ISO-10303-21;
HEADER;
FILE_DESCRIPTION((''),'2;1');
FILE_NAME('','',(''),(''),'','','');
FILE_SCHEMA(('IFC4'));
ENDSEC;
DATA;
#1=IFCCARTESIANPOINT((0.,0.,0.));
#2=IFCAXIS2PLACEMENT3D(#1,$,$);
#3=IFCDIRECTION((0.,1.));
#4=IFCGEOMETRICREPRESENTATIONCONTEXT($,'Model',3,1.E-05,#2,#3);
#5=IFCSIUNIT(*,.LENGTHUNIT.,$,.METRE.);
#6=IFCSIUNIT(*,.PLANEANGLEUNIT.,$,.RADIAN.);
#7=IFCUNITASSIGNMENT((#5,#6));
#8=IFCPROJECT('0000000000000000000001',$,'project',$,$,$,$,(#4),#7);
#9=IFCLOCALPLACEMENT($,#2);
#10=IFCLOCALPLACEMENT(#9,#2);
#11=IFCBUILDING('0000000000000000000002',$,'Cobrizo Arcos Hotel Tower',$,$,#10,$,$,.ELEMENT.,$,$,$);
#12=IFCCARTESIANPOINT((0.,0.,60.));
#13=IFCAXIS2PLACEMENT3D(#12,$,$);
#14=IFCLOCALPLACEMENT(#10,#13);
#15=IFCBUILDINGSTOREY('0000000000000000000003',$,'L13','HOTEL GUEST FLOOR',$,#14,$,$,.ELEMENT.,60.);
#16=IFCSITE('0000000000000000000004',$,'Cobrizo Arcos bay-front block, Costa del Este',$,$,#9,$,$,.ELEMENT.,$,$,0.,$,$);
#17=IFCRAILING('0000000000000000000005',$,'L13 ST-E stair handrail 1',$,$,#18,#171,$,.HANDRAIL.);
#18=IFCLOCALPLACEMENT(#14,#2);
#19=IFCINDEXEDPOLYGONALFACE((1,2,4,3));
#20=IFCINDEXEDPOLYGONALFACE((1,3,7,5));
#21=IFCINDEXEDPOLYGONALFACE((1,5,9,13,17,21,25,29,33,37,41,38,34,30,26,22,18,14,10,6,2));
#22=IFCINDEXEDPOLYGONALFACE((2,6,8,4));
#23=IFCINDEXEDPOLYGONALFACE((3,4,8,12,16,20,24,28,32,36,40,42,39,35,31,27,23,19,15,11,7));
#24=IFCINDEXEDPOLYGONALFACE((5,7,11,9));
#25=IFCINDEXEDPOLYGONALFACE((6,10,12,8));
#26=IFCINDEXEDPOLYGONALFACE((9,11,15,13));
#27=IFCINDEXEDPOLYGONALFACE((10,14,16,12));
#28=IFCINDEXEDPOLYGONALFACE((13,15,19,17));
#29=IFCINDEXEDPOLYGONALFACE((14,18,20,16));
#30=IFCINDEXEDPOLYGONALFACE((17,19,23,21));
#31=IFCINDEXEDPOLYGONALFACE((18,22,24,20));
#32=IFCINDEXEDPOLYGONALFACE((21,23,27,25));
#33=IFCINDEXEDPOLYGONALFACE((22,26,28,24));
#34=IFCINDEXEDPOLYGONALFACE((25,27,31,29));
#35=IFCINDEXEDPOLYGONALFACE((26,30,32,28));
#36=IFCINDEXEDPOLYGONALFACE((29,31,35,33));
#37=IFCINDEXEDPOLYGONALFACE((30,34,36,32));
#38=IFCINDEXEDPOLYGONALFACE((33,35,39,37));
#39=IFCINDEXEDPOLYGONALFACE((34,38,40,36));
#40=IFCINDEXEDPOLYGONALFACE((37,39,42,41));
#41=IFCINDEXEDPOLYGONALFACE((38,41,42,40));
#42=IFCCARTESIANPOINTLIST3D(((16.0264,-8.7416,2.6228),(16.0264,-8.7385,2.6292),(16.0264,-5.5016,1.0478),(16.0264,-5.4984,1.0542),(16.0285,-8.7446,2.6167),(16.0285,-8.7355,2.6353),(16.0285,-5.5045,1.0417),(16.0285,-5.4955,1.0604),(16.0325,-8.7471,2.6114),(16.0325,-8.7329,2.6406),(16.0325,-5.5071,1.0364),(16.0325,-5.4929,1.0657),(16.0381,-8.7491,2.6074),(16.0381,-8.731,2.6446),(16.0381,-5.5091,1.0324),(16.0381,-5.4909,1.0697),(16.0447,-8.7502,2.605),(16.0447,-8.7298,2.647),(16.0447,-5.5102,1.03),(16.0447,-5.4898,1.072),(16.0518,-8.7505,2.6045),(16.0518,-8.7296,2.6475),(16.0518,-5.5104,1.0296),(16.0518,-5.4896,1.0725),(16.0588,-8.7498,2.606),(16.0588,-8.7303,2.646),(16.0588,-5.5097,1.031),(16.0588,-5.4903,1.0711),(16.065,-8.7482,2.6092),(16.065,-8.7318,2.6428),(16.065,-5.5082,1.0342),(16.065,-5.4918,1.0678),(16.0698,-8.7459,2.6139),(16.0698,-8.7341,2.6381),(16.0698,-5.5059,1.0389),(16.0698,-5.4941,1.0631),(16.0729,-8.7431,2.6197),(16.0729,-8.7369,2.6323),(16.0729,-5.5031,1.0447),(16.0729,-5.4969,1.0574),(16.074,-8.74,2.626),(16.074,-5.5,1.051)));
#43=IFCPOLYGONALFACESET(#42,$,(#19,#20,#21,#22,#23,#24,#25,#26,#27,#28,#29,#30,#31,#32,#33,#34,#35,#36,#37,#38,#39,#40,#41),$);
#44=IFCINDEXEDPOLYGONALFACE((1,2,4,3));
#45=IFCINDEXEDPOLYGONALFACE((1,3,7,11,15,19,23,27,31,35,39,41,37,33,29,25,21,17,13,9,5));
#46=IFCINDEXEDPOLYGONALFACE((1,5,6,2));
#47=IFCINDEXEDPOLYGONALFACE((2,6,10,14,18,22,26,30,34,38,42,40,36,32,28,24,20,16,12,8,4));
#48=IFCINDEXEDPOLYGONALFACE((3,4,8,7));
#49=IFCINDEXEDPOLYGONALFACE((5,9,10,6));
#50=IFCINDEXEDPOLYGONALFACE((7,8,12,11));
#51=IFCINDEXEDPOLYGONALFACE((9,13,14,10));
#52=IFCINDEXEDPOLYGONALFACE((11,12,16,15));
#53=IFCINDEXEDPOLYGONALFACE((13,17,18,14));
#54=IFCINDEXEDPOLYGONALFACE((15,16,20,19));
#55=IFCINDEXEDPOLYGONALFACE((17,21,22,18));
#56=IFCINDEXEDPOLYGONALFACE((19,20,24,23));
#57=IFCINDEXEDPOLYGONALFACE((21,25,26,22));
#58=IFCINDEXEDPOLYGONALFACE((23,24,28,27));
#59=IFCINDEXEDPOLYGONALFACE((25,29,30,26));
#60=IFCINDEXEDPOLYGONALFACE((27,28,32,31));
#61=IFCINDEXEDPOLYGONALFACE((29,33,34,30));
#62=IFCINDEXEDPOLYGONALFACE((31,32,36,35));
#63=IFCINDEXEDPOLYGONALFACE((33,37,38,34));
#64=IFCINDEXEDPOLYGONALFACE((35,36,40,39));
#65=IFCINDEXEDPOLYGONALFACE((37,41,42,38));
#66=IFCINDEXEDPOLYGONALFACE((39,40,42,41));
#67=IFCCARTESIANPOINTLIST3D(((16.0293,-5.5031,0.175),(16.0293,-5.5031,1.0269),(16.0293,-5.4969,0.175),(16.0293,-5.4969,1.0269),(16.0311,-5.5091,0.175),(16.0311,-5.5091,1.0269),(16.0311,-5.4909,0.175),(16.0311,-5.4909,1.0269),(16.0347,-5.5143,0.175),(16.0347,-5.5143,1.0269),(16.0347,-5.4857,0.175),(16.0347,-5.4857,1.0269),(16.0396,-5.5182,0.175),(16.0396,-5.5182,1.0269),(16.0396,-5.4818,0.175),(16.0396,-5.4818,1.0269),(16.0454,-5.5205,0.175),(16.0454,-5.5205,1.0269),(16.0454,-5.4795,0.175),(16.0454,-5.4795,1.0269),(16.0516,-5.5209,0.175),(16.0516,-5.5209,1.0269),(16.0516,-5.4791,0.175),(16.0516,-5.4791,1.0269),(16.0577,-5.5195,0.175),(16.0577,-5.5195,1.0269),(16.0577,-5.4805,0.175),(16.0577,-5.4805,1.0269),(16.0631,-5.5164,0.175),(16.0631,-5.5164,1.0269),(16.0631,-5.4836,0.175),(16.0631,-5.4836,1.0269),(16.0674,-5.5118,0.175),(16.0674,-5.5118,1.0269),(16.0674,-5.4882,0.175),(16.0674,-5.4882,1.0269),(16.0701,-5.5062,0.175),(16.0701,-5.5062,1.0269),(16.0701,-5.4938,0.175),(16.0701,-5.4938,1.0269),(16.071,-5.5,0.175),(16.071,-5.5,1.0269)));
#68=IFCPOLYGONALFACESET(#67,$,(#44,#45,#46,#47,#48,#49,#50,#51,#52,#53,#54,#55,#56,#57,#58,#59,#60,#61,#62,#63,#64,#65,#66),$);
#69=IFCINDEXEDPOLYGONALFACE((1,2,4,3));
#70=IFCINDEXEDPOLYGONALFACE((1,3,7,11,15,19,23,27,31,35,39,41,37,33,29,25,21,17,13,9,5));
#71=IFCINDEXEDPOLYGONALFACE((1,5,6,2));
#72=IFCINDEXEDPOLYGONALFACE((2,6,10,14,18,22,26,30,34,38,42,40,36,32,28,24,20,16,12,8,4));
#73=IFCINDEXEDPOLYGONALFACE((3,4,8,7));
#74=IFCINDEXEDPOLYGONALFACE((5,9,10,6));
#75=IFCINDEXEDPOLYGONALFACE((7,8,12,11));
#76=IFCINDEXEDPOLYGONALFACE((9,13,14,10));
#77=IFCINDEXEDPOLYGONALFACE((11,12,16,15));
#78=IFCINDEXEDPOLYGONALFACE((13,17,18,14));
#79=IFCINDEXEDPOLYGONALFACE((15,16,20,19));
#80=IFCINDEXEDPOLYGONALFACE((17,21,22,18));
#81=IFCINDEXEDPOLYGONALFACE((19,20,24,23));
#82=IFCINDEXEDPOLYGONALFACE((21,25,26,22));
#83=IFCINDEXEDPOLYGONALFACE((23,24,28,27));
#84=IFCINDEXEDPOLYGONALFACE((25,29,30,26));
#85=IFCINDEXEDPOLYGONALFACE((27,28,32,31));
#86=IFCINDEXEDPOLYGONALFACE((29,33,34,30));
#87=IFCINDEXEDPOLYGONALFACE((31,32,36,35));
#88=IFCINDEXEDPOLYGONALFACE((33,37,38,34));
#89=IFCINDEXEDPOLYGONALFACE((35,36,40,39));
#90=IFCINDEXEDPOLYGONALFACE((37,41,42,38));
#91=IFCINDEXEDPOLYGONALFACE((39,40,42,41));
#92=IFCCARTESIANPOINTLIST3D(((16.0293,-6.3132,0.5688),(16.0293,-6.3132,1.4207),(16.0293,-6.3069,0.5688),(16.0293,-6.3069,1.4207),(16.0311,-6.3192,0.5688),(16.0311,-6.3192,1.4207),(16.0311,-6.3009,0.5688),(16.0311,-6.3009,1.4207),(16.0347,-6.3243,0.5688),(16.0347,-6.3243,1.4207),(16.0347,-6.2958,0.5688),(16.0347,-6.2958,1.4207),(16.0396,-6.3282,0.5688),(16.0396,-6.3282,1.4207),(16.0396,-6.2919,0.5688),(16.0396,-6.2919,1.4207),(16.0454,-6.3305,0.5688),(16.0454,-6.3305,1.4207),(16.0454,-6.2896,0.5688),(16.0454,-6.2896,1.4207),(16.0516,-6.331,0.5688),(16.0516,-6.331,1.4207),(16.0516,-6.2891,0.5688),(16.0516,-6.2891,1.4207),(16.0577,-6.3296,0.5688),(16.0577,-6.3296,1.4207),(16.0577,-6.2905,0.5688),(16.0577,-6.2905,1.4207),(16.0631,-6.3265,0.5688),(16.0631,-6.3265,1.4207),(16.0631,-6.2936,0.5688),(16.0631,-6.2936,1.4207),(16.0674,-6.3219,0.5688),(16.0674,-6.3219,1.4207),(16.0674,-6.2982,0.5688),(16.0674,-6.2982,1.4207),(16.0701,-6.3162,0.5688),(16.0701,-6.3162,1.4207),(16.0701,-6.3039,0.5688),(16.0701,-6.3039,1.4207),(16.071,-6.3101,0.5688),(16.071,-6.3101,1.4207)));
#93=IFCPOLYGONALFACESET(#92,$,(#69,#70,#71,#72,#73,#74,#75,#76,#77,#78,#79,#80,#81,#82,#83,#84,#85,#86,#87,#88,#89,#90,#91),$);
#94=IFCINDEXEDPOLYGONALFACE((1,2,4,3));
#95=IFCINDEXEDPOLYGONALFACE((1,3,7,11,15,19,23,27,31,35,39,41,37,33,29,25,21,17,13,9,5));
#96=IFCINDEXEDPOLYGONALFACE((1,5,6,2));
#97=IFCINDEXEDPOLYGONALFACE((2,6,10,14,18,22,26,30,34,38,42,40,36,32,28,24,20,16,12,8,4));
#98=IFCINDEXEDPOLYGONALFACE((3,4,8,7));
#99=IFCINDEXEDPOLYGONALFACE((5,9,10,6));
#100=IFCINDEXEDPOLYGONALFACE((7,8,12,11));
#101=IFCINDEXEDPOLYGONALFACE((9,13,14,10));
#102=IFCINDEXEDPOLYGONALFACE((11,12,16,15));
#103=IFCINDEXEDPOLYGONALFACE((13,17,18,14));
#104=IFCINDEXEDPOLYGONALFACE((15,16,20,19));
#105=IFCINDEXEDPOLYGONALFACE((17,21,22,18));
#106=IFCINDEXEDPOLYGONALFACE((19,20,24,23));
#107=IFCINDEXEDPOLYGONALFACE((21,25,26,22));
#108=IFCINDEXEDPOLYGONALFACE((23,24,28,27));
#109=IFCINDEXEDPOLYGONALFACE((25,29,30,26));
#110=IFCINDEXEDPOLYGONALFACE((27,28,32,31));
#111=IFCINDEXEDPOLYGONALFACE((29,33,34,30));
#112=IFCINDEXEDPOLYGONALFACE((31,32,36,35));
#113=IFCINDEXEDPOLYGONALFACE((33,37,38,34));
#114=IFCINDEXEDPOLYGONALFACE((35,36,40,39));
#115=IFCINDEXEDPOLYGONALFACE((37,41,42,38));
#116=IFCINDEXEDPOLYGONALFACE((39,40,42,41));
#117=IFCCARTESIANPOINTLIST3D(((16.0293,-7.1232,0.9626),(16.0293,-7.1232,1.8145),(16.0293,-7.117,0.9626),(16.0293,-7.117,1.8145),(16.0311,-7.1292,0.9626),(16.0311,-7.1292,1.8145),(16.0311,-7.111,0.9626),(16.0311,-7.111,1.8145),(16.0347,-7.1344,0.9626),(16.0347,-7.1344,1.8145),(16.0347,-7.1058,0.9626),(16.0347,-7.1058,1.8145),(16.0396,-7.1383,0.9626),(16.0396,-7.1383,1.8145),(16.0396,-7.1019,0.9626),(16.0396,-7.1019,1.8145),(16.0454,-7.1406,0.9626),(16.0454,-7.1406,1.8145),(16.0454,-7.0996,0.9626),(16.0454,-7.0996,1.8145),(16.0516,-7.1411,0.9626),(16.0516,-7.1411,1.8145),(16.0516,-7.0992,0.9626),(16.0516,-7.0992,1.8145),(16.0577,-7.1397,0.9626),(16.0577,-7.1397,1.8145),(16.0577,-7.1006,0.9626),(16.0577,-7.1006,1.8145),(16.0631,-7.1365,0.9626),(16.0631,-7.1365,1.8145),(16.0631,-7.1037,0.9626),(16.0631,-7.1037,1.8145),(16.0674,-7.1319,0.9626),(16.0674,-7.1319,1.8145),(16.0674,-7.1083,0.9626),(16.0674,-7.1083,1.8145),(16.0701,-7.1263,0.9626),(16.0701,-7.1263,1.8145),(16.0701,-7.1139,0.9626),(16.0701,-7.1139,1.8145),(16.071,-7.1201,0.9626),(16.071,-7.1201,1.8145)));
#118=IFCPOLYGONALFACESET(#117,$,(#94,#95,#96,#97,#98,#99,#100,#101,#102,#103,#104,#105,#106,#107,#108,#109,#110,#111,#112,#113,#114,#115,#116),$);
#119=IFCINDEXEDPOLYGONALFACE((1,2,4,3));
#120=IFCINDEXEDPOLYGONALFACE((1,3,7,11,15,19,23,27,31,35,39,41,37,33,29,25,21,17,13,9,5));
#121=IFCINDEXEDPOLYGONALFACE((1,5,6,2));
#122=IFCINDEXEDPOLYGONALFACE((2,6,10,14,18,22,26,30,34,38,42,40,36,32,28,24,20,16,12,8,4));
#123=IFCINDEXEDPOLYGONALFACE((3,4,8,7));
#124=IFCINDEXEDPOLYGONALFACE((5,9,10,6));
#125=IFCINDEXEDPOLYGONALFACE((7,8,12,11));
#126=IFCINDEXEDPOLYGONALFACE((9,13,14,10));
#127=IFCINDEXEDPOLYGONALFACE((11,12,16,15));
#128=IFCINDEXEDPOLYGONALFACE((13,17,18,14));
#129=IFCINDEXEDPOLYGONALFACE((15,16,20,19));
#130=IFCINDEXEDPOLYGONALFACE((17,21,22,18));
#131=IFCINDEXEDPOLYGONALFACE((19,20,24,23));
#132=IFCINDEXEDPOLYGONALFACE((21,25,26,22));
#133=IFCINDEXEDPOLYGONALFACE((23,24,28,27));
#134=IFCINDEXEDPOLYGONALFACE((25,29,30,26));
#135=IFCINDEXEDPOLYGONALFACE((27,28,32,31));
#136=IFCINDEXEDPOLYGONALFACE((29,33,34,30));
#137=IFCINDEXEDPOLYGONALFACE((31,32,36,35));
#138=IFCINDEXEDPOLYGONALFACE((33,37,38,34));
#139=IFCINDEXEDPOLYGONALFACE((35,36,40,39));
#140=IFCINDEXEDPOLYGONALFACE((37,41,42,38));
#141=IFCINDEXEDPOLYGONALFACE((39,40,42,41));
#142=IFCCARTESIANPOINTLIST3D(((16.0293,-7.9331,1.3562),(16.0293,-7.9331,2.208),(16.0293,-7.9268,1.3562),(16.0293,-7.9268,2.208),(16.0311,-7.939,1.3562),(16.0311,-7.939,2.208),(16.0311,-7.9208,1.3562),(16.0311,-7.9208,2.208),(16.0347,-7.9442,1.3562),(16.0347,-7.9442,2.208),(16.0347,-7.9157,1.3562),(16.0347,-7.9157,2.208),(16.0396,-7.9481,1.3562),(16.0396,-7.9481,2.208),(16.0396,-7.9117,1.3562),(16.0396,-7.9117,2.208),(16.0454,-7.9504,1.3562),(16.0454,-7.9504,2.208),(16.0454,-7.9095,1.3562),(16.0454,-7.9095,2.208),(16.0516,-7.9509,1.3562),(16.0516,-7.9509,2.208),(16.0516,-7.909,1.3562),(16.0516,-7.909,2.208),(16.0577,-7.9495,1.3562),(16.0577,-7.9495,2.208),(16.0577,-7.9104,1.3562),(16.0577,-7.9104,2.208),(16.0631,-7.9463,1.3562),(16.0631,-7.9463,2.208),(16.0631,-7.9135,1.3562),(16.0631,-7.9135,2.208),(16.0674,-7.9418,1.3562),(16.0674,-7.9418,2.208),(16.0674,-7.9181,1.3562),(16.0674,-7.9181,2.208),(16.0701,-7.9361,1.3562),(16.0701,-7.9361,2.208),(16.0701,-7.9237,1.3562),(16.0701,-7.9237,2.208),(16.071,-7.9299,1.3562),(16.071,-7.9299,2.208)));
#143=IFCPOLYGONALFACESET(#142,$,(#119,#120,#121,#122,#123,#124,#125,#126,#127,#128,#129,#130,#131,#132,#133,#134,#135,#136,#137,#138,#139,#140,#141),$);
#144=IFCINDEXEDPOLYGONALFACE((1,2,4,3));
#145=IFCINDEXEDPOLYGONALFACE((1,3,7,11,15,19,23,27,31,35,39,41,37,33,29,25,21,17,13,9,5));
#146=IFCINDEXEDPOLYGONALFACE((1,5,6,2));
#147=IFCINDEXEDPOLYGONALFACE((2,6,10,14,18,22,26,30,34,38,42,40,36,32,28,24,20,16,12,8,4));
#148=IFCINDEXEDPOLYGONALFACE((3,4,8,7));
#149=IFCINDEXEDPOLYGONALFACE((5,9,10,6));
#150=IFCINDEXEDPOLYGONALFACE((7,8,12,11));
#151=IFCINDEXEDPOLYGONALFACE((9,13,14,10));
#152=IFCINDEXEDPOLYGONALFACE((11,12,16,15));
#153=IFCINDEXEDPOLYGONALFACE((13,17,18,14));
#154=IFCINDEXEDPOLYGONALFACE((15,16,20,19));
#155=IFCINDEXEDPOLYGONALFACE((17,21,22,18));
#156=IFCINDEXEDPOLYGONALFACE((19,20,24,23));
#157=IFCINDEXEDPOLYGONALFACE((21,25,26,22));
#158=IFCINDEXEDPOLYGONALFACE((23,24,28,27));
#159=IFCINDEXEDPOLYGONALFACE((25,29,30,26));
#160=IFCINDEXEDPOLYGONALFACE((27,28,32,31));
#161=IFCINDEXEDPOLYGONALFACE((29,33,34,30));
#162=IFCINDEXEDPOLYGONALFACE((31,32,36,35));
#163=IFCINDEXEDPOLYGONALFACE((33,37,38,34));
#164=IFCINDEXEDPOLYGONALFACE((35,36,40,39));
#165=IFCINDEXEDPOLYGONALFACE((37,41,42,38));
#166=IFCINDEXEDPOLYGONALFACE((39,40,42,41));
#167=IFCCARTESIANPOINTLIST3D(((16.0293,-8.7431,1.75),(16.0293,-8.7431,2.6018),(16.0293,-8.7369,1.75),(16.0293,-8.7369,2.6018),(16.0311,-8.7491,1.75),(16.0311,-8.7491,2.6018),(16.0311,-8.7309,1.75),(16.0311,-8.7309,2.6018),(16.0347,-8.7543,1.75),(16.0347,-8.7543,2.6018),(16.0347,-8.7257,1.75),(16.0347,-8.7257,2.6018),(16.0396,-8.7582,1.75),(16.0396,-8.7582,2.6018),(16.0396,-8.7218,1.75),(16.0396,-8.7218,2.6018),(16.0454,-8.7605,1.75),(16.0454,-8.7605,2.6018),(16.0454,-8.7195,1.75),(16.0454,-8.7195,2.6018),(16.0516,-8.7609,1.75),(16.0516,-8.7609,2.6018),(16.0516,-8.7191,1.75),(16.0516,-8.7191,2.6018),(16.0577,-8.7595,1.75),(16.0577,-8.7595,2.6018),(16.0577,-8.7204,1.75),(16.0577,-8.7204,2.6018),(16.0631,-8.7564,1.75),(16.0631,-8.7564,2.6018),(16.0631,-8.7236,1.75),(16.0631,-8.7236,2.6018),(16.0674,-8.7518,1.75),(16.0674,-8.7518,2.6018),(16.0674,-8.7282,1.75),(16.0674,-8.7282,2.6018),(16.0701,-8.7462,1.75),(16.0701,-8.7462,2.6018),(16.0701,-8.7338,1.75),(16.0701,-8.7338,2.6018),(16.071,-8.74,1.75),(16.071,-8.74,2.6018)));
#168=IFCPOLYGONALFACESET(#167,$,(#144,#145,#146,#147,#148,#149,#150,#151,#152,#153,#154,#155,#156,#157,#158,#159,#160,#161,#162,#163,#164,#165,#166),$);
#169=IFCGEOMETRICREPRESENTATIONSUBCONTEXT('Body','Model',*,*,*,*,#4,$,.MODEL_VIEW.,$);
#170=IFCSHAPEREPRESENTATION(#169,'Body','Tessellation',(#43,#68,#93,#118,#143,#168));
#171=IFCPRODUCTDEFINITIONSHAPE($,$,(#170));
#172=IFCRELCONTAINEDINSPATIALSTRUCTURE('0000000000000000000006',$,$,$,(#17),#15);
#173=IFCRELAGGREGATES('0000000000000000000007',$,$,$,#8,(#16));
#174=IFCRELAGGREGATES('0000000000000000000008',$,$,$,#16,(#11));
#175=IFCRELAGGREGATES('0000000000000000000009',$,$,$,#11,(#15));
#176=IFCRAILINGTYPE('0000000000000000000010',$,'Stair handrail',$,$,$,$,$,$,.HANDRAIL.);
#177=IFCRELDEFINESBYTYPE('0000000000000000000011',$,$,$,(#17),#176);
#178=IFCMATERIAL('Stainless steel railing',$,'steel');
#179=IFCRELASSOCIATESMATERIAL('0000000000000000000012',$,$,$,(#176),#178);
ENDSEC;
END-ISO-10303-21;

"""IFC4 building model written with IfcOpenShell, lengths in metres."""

from ifc_helpers import new_model, si_unit, direction, frame, origin, origin_2d, place, context, subcontext, project, spatial, circle, extrude, material, type_object, element, save


model = new_model("IFC4")

# Units and contexts
model_context = context("Model", 3, precision=1e-05, world=origin(), true_north=direction((0.0, 1.0)))
body_context = subcontext(model_context, "Body", "Model", "MODEL_VIEW")
ifc_project = project(units=[si_unit("LENGTHUNIT", "METRE"), si_unit("PLANEANGLEUNIT", "RADIAN")], contexts=[model_context])

# Site, building, storey
site_placement = place(None, origin())
site = spatial("IfcSite", under=ifc_project, at=site_placement, Name="Cobrizo Arcos bay-front block, Costa del Este", CompositionType="ELEMENT", RefElevation=0.0)
building_placement = place(site_placement, origin())
building = spatial("IfcBuilding", under=site, at=building_placement, Name="Cobrizo Arcos Hotel Tower", CompositionType="ELEMENT")
storey_placement = place(building_placement, frame((0.0, 0.0, 60.0)))
storey = spatial("IfcBuildingStorey", under=building, at=storey_placement, Name="L13", Description="HOTEL GUEST FLOOR", CompositionType="ELEMENT", Elevation=60.0)

# Railing
ifc_material_1 = material(Name="Stainless steel railing", Category="steel")
railing_type_1 = type_object("IfcRailingType", Name="Stair handrail", PredefinedType="HANDRAIL", material=ifc_material_1)
railing_1_placement = place(storey_placement, frame((16.05, -5.5, 0.175)))
element("IfcRailing", 1, at=railing_1_placement, inside=storey, type_object=railing_type_1, Name="L13 ST-E stair handrail 1", PredefinedType="HANDRAIL", context=body_context, shape_type="SweptSolid", body=[
    extrude(circle(Radius=0.0239, at=origin_2d()), frame((0.0, 0.0, 0.876), z_axis=(0.0, -0.899373, 0.437183), x_axis=(1.0, 0.0, 0.0)), (0.0, 0.0, 1.0), 3.6025),
    extrude(circle(Radius=0.021, at=origin_2d()), origin(), (0.0, 0.0, 1.0), 0.8518),
    extrude(circle(Radius=0.021, at=origin_2d()), frame((0.0, -0.8101, 0.3938)), (0.0, 0.0, 1.0), 0.8518),
    extrude(circle(Radius=0.021, at=origin_2d()), frame((0.0, -1.6201, 0.7876)), (0.0, 0.0, 1.0), 0.8518),
    extrude(circle(Radius=0.021, at=origin_2d()), frame((0.0, -2.4299, 1.1812)), (0.0, 0.0, 1.0), 0.8518),
    extrude(circle(Radius=0.021, at=origin_2d()), frame((0.0, -3.24, 1.575)), (0.0, 0.0, 1.0), 0.8518),
])

save(model, "model.ifc")
